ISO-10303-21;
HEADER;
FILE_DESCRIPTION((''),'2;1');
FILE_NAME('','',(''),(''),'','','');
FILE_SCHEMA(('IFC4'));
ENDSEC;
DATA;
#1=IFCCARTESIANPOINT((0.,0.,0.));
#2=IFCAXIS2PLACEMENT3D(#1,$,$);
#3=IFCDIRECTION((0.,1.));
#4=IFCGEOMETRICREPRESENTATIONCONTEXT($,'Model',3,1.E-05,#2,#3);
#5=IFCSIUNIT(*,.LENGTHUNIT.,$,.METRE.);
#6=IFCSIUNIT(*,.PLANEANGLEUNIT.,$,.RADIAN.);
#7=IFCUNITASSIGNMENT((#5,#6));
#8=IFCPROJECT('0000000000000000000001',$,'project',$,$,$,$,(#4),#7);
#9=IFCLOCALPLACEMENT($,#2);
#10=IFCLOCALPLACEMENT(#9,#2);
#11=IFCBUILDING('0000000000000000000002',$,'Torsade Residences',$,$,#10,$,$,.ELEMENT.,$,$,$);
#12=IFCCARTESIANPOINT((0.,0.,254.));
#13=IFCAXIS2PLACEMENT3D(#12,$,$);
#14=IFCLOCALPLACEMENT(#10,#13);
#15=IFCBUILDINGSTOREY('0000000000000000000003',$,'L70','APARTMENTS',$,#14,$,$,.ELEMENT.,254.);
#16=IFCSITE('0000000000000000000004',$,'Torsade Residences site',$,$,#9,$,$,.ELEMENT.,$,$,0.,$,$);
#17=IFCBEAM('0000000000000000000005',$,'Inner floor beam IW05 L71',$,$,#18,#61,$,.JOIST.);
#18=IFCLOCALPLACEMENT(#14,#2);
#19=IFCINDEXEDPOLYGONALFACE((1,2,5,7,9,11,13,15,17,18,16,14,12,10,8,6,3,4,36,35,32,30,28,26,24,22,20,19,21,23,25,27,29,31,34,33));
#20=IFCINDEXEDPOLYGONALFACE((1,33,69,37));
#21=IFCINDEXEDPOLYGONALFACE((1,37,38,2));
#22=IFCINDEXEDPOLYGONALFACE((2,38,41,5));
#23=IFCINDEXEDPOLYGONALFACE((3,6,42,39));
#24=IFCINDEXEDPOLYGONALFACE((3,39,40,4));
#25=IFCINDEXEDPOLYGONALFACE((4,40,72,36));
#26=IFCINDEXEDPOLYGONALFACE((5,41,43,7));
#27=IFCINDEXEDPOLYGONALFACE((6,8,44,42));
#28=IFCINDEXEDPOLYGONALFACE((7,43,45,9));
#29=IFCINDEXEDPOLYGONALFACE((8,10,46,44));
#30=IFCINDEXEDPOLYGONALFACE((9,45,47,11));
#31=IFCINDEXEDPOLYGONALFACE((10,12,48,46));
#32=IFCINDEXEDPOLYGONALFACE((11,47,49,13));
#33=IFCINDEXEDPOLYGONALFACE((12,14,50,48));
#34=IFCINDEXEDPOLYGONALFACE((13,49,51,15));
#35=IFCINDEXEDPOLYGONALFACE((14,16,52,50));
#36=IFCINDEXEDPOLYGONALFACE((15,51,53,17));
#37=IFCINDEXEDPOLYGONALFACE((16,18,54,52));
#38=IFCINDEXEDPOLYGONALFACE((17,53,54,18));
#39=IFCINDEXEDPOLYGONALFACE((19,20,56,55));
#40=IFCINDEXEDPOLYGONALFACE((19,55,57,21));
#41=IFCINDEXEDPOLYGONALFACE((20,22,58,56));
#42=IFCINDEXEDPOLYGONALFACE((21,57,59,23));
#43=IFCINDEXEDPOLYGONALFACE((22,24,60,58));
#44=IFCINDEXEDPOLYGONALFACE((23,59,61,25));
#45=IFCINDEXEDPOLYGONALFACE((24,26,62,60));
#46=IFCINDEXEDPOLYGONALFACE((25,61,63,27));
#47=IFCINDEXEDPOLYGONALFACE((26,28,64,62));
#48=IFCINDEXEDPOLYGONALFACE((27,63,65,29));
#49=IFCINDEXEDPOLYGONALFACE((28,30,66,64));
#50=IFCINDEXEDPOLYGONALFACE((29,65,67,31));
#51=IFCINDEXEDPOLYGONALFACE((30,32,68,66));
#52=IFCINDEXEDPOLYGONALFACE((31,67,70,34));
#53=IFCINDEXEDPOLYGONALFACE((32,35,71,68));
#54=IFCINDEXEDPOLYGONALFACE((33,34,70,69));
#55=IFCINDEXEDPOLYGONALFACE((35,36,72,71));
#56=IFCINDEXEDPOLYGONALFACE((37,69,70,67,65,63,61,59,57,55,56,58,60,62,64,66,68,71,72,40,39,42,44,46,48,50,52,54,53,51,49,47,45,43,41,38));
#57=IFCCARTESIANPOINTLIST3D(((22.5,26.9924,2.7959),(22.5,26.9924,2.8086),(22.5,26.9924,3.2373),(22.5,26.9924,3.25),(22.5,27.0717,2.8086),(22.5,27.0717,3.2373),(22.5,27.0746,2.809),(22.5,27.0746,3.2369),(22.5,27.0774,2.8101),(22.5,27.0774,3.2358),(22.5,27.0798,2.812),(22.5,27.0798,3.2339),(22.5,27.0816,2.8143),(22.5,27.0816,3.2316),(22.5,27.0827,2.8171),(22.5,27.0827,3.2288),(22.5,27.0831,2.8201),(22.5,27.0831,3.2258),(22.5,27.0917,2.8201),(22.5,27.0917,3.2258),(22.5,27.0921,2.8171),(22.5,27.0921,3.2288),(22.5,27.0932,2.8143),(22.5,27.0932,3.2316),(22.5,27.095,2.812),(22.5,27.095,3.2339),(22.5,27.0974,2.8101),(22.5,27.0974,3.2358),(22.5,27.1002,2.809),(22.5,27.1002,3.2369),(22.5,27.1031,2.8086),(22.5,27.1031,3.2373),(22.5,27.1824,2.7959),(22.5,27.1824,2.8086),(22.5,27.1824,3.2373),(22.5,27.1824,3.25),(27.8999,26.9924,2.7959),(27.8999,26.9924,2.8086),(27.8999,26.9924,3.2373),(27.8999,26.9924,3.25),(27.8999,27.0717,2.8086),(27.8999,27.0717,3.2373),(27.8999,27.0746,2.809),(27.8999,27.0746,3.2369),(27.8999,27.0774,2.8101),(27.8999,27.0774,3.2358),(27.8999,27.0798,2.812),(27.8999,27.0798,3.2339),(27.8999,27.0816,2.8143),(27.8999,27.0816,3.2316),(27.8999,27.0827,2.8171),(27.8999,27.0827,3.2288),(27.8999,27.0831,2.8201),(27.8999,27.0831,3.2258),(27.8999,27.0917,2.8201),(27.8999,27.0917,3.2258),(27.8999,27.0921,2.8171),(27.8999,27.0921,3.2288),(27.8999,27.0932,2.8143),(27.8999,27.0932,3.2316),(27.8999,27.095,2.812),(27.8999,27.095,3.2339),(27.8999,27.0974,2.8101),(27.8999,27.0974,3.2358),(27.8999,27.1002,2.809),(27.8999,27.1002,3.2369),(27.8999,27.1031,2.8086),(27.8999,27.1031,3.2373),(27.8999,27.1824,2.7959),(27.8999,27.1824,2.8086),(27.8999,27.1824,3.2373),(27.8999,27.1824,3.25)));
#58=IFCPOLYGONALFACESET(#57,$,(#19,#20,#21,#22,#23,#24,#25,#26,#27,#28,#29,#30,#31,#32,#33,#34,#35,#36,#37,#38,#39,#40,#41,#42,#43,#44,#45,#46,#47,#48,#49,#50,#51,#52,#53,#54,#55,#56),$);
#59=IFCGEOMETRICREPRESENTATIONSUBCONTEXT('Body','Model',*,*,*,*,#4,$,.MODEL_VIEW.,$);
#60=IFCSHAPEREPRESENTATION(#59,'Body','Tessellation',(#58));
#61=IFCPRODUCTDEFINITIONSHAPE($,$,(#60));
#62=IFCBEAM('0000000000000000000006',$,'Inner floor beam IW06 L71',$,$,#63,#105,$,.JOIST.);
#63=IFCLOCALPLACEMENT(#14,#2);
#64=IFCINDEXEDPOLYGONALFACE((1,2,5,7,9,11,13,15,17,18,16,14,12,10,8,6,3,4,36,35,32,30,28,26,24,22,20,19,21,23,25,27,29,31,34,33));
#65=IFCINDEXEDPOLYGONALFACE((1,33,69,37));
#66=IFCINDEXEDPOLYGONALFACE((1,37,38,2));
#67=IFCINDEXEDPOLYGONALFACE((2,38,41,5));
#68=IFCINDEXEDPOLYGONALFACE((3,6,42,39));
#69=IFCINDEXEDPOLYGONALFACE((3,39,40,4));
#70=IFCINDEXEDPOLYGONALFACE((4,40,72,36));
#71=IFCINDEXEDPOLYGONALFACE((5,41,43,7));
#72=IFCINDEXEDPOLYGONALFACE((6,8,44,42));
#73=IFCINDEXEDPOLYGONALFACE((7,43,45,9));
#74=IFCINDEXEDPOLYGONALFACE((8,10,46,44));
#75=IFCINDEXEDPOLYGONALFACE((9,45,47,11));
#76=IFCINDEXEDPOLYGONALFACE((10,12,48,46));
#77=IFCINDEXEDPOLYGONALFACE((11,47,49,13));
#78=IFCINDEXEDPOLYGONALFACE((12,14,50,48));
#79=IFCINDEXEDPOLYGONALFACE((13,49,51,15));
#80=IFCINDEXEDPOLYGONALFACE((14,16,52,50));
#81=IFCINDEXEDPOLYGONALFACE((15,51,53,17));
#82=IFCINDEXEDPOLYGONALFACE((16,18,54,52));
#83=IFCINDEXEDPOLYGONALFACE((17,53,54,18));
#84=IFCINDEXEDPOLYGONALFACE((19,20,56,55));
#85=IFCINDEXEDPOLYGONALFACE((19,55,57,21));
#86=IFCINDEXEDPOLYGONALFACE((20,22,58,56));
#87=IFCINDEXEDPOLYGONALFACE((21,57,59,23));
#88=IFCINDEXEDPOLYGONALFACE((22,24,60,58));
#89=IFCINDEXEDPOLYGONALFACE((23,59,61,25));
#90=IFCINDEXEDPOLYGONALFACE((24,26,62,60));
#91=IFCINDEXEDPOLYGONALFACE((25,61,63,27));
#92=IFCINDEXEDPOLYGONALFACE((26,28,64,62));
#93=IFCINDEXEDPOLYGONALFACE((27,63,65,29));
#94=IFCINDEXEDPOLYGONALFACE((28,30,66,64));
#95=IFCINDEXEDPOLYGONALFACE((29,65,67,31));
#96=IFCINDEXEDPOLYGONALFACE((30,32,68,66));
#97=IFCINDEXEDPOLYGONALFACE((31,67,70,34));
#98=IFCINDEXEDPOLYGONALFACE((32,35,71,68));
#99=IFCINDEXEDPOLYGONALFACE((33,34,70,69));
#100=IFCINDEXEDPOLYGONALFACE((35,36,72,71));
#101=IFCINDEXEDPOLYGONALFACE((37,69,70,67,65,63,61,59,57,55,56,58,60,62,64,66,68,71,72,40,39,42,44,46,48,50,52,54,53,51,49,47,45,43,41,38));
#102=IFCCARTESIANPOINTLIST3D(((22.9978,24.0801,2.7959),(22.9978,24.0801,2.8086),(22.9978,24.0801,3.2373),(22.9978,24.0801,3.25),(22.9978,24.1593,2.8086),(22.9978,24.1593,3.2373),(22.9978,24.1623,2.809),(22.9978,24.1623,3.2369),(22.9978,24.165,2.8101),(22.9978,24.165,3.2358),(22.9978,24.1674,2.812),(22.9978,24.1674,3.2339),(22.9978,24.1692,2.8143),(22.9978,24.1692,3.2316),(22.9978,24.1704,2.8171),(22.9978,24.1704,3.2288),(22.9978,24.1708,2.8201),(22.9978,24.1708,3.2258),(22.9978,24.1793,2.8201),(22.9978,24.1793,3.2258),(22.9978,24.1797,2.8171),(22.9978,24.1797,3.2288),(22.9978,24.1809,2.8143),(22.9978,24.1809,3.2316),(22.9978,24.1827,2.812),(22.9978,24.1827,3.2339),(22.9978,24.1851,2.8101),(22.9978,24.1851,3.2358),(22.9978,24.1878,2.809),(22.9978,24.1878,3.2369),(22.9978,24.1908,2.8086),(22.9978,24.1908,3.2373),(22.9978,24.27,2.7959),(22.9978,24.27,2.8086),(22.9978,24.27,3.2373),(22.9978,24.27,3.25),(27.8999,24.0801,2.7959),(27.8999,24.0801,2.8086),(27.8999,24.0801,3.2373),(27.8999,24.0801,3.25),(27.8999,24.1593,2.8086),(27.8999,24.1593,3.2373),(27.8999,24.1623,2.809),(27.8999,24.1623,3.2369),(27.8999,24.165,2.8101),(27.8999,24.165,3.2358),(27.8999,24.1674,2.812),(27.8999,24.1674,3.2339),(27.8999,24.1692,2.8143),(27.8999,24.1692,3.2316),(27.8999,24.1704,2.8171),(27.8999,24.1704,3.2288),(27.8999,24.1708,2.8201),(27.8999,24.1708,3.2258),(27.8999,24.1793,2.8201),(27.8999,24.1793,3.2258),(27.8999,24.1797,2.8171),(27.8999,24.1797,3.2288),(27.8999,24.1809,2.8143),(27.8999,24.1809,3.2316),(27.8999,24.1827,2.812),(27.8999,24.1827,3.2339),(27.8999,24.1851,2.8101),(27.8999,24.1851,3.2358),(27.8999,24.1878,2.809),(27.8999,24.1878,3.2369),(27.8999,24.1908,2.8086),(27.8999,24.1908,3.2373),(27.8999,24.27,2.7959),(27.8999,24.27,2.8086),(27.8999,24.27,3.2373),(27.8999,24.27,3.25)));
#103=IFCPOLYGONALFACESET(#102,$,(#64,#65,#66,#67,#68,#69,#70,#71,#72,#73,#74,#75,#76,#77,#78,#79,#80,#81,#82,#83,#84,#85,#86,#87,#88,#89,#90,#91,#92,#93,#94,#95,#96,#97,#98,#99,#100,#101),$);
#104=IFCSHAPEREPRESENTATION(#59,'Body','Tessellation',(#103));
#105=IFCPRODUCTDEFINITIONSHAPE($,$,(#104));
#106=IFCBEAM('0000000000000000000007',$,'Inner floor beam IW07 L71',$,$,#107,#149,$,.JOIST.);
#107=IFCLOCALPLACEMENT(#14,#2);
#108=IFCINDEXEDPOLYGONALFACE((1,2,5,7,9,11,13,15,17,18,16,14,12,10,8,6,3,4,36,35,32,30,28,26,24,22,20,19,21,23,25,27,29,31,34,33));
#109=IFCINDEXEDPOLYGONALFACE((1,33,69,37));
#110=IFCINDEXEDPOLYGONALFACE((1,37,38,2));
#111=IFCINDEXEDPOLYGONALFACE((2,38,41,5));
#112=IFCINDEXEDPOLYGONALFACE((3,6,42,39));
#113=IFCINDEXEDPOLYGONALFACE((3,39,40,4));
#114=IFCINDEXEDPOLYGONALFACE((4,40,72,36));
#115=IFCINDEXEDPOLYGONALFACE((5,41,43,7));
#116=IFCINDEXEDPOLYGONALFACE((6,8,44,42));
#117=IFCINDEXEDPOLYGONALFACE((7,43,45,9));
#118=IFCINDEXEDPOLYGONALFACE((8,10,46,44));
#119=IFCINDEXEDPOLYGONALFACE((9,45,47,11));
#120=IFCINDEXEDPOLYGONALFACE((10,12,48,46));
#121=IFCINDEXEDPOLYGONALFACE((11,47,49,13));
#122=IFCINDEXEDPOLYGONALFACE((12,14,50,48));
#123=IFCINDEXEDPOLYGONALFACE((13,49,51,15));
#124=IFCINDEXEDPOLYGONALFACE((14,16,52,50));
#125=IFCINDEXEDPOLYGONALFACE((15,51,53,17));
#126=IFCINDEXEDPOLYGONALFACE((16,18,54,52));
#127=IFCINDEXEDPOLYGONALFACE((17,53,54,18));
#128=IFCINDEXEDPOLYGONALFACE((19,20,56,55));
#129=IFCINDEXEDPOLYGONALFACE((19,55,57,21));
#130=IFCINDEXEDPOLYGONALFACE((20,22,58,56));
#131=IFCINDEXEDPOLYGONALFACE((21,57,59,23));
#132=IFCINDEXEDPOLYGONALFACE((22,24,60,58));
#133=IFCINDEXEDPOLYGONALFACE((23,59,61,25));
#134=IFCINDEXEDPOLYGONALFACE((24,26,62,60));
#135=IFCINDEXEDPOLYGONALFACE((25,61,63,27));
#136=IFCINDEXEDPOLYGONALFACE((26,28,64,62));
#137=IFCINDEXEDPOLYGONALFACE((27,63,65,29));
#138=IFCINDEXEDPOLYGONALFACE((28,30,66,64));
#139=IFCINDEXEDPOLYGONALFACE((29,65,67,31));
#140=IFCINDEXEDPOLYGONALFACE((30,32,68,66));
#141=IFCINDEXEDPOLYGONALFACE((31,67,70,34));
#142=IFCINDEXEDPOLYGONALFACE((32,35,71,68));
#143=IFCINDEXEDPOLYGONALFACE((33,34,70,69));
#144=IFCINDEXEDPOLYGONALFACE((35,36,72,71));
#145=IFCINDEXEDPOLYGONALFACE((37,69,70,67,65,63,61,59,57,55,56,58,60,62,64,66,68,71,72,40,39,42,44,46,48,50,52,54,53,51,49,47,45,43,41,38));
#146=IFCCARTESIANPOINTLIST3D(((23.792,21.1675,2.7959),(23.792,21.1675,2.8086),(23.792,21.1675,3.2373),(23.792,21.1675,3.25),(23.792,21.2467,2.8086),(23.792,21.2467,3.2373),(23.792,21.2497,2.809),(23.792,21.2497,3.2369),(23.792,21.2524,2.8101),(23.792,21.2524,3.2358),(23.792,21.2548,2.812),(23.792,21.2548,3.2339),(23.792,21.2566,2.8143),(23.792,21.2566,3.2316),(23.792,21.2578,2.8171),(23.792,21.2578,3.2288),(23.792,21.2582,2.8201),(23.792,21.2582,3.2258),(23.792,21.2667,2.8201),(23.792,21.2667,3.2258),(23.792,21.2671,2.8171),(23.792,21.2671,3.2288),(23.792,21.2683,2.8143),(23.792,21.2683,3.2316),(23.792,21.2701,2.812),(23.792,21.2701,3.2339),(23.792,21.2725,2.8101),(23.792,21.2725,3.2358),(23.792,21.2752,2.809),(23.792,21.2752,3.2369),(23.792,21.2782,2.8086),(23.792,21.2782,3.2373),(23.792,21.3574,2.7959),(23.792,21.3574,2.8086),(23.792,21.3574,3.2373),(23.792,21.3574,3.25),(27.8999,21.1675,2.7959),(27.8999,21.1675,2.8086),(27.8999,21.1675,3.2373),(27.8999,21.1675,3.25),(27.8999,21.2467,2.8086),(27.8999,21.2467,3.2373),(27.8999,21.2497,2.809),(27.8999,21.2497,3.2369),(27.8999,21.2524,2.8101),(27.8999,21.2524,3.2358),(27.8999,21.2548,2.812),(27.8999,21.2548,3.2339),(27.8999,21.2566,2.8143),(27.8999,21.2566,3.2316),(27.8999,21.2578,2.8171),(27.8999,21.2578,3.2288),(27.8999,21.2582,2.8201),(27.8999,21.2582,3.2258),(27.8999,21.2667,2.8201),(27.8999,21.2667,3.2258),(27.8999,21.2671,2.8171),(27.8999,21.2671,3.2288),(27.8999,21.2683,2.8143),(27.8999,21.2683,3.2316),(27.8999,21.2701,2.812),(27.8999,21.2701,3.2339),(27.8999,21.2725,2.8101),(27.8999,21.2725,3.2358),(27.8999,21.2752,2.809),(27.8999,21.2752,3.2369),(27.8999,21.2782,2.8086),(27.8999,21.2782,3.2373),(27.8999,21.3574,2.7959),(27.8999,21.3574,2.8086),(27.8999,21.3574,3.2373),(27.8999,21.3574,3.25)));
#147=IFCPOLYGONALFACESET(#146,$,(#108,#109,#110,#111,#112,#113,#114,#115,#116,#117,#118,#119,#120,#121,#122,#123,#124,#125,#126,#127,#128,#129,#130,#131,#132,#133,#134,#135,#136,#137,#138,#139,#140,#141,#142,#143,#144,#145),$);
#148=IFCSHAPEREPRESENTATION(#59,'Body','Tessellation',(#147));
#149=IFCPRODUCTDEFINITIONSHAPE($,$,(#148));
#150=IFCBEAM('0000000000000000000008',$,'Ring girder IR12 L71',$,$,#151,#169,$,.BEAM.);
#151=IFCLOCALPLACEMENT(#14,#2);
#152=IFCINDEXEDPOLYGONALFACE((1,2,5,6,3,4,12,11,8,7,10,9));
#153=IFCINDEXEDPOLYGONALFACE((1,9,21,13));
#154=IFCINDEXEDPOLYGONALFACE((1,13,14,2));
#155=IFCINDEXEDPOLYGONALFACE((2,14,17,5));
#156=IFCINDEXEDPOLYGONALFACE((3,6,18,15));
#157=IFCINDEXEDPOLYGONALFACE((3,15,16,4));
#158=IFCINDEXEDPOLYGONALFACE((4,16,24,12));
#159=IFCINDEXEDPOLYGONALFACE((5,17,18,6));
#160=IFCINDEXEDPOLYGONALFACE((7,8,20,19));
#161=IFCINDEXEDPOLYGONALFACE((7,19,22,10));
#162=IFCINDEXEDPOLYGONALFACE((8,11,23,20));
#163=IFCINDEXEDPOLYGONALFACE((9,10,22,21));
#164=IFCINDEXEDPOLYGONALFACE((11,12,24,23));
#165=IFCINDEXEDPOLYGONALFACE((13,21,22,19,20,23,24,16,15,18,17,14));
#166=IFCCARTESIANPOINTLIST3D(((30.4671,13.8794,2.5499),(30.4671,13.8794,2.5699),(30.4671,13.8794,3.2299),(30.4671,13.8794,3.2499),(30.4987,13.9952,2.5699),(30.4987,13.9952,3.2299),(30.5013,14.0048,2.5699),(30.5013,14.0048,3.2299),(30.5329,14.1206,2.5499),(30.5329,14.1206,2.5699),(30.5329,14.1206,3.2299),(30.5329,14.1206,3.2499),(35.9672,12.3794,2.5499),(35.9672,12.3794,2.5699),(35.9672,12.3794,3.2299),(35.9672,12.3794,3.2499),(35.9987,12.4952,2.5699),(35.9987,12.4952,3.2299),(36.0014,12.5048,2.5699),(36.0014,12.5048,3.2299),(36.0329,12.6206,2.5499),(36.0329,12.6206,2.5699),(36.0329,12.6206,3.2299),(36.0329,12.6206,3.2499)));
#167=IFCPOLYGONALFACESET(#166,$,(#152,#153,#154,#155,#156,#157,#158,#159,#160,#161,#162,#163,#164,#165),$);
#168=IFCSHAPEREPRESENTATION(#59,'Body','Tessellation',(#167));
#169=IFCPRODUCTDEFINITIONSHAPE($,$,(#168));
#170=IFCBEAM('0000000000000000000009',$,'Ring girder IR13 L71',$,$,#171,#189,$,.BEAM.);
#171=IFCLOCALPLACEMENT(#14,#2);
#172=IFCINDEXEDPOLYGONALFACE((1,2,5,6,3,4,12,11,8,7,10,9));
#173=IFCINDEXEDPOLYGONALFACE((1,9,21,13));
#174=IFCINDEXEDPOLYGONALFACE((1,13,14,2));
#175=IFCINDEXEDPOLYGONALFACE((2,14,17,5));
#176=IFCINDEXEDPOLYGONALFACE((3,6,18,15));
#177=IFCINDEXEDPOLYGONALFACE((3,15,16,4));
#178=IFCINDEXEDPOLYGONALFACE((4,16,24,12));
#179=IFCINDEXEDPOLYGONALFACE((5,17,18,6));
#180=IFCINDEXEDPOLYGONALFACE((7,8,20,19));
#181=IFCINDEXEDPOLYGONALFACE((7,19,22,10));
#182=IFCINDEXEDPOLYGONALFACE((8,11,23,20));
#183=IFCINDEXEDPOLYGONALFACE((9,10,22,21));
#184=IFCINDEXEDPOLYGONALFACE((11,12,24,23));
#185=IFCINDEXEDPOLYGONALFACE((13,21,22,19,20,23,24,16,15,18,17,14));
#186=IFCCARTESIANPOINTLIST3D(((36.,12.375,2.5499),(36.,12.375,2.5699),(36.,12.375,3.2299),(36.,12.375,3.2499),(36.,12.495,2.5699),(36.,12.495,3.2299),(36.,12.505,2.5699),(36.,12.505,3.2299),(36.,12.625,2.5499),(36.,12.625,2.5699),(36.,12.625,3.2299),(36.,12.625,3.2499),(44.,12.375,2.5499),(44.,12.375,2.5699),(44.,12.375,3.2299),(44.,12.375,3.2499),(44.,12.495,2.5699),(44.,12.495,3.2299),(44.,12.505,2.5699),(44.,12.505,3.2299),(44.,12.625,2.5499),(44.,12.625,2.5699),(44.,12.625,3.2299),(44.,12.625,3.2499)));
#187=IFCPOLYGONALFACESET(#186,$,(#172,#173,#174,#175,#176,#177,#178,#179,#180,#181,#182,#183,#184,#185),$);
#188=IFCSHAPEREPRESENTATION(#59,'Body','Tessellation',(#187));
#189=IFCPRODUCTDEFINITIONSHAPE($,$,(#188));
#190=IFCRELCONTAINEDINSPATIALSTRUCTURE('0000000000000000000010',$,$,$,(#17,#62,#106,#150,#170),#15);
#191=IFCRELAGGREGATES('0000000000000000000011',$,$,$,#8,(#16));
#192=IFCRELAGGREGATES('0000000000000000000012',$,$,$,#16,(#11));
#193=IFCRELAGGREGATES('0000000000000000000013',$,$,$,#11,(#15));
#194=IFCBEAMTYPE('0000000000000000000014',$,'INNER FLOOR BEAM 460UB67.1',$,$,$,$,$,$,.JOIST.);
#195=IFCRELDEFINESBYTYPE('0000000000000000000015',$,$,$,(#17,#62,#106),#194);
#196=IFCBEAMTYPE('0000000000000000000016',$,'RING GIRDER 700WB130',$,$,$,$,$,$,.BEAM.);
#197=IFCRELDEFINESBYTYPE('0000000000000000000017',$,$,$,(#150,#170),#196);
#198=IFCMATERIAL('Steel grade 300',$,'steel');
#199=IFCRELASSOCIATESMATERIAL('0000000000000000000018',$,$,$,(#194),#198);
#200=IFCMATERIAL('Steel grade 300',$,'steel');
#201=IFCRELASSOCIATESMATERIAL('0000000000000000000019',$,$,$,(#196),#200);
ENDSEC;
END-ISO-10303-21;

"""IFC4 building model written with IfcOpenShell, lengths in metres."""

from ifc_helpers import new_model, si_unit, direction, frame, origin, origin_2d, place, context, subcontext, project, spatial, i_section, extrude, material, material_profile, profile_set, type_object, element, save


model = new_model("IFC4")

# Units and contexts
model_context = context("Model", 3, precision=1e-05, world=origin(), true_north=direction((0.0, 1.0)))
body_context = subcontext(model_context, "Body", "Model", "MODEL_VIEW")
ifc_project = project(units=[si_unit("LENGTHUNIT", "METRE"), si_unit("PLANEANGLEUNIT", "RADIAN")], contexts=[model_context])

# Site, building, storey
site_placement = place(None, origin())
site = spatial("IfcSite", under=ifc_project, at=site_placement, Name="Torsade Residences site", CompositionType="ELEMENT", RefElevation=0.0)
building_placement = place(site_placement, origin())
building = spatial("IfcBuilding", under=site, at=building_placement, Name="Torsade Residences", CompositionType="ELEMENT")
storey_placement = place(building_placement, frame((0.0, 0.0, 254.0)))
storey = spatial("IfcBuildingStorey", under=building, at=storey_placement, Name="L70", Description="APARTMENTS", CompositionType="ELEMENT", Elevation=254.0)

# Beams
ifc_material_1 = material(Name="Steel grade 300", Category="steel")
ifc_material_profile_1 = material_profile(ifc_material_1, i_section(OverallWidth=0.1899, OverallDepth=0.4541, WebThickness=0.0085, FlangeThickness=0.0127, FilletRadius=0.0115, at=origin_2d()), Name="460UB67.1")
ifc_profile_set_1 = profile_set([ifc_material_profile_1], Name="Steel grade 300")
beam_type_1 = type_object("IfcBeamType", Name="INNER FLOOR BEAM 460UB67.1", PredefinedType="JOIST", material=ifc_profile_set_1)
beam_1_placement = place(storey_placement, frame((27.8999, 27.0874, 3.0229), z_axis=(-1.0, 0.0, 0.0), x_axis=(0.0, -1.0, 0.0)))
element("IfcBeam", 1, at=beam_1_placement, inside=storey, type_object=beam_type_1, Name="Inner floor beam IW05 L71", PredefinedType="JOIST", context=body_context, shape_type="SweptSolid", body=[
    extrude(i_section(OverallWidth=0.1899, OverallDepth=0.4541, WebThickness=0.0085, FlangeThickness=0.0127, FilletRadius=0.0115, at=origin_2d()), origin(), (0.0, 0.0, 1.0), 5.3999),
])
beam_2_placement = place(storey_placement, frame((27.8999, 24.175, 3.0229), z_axis=(-1.0, 0.0, 0.0), x_axis=(0.0, -1.0, 0.0)))
element("IfcBeam", 2, at=beam_2_placement, inside=storey, type_object=beam_type_1, Name="Inner floor beam IW06 L71", PredefinedType="JOIST", context=body_context, shape_type="SweptSolid", body=[
    extrude(i_section(OverallWidth=0.1899, OverallDepth=0.4541, WebThickness=0.0085, FlangeThickness=0.0127, FilletRadius=0.0115, at=origin_2d()), origin(), (0.0, 0.0, 1.0), 4.9021),
])
beam_3_placement = place(storey_placement, frame((27.8999, 21.2625, 3.0229), z_axis=(-1.0, 0.0, 0.0), x_axis=(0.0, -1.0, 0.0)))
element("IfcBeam", 3, at=beam_3_placement, inside=storey, type_object=beam_type_1, Name="Inner floor beam IW07 L71", PredefinedType="JOIST", context=body_context, shape_type="SweptSolid", body=[
    extrude(i_section(OverallWidth=0.1899, OverallDepth=0.4541, WebThickness=0.0085, FlangeThickness=0.0127, FilletRadius=0.0115, at=origin_2d()), origin(), (0.0, 0.0, 1.0), 4.1079),
])
ifc_material_2 = material(Name="Steel grade 300", Category="steel")
ifc_material_profile_2 = material_profile(ifc_material_2, i_section(OverallWidth=0.25, OverallDepth=0.7, WebThickness=0.01, FlangeThickness=0.02, at=origin_2d()), Name="700WB130")
ifc_profile_set_2 = profile_set([ifc_material_profile_2], Name="Steel grade 300")
beam_type_2 = type_object("IfcBeamType", Name="RING GIRDER 700WB130", PredefinedType="BEAM", material=ifc_profile_set_2)
beam_4_placement = place(storey_placement, frame((30.5, 14.0, 2.8999), z_axis=(0.964764, -0.263117, 0.0), x_axis=(0.263117, 0.964764, 0.0)))
element("IfcBeam", 4, at=beam_4_placement, inside=storey, type_object=beam_type_2, Name="Ring girder IR12 L71", PredefinedType="BEAM", context=body_context, shape_type="SweptSolid", body=[
    extrude(i_section(OverallWidth=0.25, OverallDepth=0.7, WebThickness=0.01, FlangeThickness=0.02, at=origin_2d()), origin(), (0.0, 0.0, 1.0), 5.7009),
])
beam_5_placement = place(storey_placement, frame((36.0, 12.5, 2.8999), z_axis=(1.0, 0.0, 0.0), x_axis=(0.0, 1.0, 0.0)))
element("IfcBeam", 5, at=beam_5_placement, inside=storey, type_object=beam_type_2, Name="Ring girder IR13 L71", PredefinedType="BEAM", context=body_context, shape_type="SweptSolid", body=[
    extrude(i_section(OverallWidth=0.25, OverallDepth=0.7, WebThickness=0.01, FlangeThickness=0.02, at=origin_2d()), origin(), (0.0, 0.0, 1.0), 8.0),
])

save(model, "model.ifc")
